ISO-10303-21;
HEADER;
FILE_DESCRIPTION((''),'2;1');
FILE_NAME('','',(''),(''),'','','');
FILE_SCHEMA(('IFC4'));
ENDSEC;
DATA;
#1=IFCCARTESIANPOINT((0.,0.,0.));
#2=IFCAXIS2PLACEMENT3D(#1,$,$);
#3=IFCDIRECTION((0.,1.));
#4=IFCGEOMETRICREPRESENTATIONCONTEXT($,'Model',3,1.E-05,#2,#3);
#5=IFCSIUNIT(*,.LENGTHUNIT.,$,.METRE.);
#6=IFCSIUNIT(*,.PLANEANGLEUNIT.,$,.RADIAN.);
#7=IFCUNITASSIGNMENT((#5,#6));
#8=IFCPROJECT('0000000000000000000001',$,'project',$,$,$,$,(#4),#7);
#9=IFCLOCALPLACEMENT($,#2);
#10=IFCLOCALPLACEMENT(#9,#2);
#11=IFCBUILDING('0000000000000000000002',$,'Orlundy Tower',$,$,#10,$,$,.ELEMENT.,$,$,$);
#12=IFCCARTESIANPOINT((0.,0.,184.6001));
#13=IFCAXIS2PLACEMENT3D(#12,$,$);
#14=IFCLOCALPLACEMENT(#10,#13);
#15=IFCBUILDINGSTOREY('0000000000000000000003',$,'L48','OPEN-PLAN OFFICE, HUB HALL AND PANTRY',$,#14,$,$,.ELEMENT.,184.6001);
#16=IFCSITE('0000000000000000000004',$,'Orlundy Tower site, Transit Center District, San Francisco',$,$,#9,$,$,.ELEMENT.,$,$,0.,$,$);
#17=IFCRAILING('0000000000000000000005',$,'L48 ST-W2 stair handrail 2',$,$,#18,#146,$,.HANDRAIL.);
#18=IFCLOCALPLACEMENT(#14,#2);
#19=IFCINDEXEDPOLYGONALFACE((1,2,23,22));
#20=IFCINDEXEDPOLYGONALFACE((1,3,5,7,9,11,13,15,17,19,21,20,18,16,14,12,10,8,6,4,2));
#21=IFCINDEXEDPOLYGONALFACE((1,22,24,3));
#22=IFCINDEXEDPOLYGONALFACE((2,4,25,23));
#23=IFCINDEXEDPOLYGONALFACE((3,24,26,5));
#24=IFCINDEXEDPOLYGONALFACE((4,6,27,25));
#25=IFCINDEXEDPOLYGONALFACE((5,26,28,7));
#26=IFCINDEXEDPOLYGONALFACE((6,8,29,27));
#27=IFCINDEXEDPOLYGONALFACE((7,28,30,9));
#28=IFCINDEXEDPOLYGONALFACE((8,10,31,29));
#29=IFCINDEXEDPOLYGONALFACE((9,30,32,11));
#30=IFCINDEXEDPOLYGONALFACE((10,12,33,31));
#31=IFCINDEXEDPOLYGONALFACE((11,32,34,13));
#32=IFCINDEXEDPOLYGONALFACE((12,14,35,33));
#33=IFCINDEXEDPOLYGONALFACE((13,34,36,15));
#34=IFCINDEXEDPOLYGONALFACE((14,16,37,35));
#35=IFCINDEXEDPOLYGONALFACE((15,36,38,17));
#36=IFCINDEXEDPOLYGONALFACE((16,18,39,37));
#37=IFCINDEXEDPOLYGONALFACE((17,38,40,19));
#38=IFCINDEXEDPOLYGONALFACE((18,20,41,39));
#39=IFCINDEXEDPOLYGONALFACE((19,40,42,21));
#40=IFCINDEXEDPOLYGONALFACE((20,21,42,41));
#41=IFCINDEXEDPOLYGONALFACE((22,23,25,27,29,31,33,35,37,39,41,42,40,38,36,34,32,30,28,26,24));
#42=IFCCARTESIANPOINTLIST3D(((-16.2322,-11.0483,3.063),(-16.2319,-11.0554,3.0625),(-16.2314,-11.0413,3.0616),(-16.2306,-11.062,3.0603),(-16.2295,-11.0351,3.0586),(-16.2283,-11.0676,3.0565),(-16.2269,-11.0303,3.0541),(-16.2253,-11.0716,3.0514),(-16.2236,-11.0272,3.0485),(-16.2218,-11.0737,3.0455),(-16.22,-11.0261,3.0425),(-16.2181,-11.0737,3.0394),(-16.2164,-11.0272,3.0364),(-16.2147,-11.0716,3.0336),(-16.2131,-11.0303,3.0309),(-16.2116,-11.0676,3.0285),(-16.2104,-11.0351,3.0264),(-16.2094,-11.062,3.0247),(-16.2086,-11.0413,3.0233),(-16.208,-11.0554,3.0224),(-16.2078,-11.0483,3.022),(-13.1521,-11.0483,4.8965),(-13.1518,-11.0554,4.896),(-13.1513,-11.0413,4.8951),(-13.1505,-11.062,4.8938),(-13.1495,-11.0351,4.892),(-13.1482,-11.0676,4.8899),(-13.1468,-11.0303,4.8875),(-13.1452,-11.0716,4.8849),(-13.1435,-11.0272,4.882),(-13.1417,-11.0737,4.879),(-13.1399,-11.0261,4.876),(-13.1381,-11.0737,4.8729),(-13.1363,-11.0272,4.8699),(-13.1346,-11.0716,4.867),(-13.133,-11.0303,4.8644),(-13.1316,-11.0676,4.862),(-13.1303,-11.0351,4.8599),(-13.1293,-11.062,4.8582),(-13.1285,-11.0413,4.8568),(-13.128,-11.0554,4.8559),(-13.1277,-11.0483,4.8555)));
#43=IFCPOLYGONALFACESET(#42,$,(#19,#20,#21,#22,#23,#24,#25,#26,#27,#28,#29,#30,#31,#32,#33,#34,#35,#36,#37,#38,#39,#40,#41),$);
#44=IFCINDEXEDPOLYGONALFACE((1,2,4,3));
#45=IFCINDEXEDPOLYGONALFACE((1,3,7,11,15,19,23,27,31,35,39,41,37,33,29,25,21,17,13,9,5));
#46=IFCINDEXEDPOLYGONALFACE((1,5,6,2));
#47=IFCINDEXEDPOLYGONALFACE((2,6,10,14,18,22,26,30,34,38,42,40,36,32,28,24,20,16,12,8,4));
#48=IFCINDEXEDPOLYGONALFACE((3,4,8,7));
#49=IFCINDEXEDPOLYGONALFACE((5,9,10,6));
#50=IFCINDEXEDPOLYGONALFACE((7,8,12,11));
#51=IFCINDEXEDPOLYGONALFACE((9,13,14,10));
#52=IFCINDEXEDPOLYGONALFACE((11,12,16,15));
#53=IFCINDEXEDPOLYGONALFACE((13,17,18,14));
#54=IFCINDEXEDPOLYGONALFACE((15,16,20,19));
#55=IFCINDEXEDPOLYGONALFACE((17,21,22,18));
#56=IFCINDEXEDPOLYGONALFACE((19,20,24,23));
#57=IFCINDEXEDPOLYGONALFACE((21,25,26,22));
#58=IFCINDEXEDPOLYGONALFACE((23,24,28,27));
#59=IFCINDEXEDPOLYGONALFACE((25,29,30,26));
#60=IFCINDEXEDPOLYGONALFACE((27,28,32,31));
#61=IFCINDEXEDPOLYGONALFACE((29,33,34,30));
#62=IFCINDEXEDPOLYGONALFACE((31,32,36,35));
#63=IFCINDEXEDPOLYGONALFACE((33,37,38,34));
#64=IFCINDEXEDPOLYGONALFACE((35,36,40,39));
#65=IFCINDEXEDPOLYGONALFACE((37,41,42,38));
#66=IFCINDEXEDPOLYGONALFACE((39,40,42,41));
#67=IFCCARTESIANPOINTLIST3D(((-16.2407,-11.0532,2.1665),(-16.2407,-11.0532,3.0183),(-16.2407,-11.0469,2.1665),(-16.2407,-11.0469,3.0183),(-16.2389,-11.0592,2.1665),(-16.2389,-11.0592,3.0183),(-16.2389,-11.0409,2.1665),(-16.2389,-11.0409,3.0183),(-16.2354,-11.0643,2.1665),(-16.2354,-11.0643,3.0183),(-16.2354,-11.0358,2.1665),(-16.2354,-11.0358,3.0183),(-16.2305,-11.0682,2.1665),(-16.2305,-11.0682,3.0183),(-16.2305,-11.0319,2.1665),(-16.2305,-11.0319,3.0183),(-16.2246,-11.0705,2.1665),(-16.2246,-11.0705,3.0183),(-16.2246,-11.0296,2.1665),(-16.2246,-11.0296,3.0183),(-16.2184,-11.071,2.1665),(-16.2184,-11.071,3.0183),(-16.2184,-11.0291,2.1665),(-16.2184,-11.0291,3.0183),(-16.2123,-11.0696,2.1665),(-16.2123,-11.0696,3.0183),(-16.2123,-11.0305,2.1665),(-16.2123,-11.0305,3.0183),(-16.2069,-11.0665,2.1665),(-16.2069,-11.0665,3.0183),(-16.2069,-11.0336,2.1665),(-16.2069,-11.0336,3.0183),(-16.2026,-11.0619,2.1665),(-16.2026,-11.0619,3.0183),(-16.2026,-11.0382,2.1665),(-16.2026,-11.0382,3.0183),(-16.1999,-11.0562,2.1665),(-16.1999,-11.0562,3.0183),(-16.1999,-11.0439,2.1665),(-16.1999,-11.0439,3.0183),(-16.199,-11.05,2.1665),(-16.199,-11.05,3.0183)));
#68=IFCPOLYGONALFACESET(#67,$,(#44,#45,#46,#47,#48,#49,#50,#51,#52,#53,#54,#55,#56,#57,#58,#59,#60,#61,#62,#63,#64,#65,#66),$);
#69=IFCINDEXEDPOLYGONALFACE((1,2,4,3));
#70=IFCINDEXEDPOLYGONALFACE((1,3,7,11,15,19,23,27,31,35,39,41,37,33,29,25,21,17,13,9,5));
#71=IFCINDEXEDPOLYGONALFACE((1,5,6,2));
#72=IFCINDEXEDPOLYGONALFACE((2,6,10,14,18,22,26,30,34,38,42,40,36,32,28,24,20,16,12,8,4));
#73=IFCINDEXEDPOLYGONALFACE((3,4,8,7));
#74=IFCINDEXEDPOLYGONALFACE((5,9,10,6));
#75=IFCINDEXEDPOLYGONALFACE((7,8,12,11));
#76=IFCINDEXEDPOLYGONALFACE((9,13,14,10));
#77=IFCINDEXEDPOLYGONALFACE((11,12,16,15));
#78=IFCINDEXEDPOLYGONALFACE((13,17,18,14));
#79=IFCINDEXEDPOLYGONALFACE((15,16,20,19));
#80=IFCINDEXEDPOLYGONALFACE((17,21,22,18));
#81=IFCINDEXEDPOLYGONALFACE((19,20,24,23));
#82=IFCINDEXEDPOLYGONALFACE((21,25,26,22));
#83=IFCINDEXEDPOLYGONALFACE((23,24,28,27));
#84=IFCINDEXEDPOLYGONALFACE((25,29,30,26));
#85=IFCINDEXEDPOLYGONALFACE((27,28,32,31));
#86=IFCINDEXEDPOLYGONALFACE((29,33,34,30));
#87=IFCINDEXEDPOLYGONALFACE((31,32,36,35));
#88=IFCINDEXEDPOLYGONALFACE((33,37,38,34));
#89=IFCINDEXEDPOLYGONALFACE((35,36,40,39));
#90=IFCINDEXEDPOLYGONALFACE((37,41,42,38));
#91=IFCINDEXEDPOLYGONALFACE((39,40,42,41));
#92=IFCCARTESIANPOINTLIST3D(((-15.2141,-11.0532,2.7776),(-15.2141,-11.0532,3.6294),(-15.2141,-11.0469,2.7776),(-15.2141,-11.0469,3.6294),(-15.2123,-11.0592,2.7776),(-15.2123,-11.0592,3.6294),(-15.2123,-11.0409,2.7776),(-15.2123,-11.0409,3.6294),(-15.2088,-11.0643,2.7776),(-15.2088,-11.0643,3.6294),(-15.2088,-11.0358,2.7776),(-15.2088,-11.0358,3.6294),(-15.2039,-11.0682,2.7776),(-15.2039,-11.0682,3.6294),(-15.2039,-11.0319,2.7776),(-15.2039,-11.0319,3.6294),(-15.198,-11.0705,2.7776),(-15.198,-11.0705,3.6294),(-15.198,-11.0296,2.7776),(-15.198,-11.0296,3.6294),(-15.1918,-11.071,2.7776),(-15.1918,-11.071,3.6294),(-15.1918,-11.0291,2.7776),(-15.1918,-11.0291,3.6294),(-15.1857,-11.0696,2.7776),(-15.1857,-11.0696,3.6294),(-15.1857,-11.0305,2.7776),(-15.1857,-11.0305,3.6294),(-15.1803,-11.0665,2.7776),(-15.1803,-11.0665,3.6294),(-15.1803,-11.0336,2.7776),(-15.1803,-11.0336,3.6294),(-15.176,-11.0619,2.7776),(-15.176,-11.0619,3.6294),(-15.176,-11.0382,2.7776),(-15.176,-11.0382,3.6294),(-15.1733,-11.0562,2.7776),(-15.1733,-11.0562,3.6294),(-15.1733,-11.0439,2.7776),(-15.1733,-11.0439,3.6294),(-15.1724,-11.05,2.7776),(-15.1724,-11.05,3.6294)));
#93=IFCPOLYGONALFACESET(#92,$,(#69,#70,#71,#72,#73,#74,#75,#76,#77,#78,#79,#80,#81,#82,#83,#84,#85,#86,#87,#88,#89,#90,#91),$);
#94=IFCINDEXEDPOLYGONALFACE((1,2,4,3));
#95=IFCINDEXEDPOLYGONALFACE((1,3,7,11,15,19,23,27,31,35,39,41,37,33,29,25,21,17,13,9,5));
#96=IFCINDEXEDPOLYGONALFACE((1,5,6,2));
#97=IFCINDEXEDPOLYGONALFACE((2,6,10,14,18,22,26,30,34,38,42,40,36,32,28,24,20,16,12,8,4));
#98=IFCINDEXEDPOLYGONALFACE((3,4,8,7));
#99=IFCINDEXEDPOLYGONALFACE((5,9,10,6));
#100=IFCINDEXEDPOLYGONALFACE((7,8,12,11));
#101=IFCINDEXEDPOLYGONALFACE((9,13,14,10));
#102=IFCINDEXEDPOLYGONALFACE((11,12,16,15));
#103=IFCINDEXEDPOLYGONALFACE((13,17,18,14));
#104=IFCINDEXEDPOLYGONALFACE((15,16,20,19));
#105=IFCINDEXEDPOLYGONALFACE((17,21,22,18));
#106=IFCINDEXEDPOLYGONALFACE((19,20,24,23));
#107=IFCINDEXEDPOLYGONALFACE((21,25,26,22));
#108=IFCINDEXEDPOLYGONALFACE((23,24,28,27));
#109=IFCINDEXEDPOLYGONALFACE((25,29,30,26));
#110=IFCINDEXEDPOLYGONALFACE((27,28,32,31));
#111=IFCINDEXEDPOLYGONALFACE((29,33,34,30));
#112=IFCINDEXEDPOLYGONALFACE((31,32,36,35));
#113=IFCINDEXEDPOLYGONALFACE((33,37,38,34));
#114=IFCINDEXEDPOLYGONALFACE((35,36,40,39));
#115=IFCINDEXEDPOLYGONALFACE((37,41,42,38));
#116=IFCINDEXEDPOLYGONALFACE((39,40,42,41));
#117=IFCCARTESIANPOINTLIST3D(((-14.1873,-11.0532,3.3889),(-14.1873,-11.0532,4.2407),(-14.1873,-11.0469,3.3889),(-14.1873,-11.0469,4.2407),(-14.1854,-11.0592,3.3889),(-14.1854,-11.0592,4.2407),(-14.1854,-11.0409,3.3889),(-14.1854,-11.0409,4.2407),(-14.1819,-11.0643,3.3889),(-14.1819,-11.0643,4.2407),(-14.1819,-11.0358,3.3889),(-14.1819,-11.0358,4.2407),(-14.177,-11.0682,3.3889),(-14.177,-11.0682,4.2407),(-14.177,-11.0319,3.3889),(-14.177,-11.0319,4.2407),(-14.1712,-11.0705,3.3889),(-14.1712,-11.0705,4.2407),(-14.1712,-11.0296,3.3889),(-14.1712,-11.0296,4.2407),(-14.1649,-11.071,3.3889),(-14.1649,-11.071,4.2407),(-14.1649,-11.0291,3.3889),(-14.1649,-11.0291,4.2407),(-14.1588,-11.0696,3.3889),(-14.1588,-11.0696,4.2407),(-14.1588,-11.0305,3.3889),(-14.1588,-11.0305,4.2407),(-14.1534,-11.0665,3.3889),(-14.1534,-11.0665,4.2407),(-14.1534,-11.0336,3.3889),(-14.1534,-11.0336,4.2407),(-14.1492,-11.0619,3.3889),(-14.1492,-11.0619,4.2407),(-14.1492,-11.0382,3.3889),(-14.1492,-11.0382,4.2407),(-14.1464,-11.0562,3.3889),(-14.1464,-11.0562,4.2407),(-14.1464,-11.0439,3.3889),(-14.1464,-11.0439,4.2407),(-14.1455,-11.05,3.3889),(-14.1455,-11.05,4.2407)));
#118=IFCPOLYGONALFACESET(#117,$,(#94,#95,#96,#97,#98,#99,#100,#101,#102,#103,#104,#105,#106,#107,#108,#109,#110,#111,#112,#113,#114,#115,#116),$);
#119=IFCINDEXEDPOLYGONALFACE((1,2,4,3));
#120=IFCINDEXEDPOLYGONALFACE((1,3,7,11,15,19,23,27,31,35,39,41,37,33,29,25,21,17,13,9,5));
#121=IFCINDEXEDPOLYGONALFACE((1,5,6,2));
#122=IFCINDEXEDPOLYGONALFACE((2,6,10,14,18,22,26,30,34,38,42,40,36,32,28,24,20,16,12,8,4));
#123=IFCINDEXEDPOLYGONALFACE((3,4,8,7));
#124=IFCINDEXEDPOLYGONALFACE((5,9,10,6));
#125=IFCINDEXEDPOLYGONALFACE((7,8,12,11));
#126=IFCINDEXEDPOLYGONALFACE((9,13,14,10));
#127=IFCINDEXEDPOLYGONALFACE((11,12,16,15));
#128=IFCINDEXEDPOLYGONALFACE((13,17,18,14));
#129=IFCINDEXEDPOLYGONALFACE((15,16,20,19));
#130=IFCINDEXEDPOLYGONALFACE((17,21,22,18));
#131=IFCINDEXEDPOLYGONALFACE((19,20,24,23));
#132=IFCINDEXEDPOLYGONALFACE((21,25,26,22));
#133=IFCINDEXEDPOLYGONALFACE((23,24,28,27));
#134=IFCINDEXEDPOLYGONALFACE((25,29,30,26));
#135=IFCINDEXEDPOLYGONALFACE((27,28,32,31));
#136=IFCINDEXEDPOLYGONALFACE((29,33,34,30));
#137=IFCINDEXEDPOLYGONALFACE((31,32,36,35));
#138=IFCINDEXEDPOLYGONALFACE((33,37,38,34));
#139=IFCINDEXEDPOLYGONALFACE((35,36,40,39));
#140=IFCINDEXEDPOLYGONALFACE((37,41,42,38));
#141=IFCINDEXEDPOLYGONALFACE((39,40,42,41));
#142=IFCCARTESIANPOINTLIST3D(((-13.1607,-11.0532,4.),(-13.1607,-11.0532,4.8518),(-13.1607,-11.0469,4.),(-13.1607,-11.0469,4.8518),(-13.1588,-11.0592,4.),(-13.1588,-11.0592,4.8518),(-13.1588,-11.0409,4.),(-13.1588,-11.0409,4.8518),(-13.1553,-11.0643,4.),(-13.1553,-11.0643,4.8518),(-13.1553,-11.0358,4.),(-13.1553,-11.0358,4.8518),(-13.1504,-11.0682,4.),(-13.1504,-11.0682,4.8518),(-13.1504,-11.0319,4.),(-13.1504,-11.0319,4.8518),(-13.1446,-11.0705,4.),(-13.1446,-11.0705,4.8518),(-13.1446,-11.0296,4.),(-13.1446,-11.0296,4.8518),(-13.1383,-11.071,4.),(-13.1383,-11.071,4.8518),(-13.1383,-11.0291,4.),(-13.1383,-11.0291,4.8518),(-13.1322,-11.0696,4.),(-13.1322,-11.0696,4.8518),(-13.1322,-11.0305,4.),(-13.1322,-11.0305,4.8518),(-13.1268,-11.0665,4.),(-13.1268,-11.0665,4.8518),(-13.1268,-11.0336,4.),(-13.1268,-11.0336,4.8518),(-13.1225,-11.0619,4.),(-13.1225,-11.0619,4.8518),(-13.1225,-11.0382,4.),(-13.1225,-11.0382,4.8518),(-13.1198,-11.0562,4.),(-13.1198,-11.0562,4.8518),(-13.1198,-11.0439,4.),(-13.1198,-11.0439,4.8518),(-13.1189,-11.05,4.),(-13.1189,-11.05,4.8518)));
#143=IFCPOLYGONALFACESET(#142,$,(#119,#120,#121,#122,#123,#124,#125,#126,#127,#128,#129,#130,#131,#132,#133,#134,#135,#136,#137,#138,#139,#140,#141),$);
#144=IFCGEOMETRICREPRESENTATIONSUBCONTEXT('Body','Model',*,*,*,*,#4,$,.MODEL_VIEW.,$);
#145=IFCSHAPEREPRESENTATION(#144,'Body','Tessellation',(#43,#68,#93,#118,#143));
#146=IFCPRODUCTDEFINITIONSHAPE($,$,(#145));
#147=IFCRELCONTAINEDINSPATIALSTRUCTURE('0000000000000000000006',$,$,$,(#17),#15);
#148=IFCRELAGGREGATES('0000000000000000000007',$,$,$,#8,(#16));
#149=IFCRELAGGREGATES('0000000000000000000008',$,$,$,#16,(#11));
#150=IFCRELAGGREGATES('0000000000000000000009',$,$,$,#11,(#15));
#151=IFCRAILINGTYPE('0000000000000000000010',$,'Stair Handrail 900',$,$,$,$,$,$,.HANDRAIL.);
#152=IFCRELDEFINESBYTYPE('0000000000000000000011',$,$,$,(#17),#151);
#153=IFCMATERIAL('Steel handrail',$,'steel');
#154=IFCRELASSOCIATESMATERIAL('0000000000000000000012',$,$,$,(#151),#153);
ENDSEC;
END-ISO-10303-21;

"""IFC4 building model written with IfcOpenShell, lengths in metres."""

from ifc_helpers import new_model, si_unit, direction, frame, origin, origin_2d, place, context, subcontext, project, spatial, circle, extrude, material, type_object, element, save


model = new_model("IFC4")

# Units and contexts
model_context = context("Model", 3, precision=1e-05, world=origin(), true_north=direction((0.0, 1.0)))
body_context = subcontext(model_context, "Body", "Model", "MODEL_VIEW")
ifc_project = project(units=[si_unit("LENGTHUNIT", "METRE"), si_unit("PLANEANGLEUNIT", "RADIAN")], contexts=[model_context])

# Site, building, storey
site_placement = place(None, origin())
site = spatial("IfcSite", under=ifc_project, at=site_placement, Name="Orlundy Tower site, Transit Center District, San Francisco", CompositionType="ELEMENT", RefElevation=0.0)
building_placement = place(site_placement, origin())
building = spatial("IfcBuilding", under=site, at=building_placement, Name="Orlundy Tower", CompositionType="ELEMENT")
storey_placement = place(building_placement, frame((0.0, 0.0, 184.6001)))
storey = spatial("IfcBuildingStorey", under=building, at=storey_placement, Name="L48", Description="OPEN-PLAN OFFICE, HUB HALL AND PANTRY", CompositionType="ELEMENT", Elevation=184.6001)

# Railing
ifc_material_1 = material(Name="Steel handrail", Category="steel")
railing_type_1 = type_object("IfcRailingType", Name="Stair Handrail 900", PredefinedType="HANDRAIL", material=ifc_material_1)
railing_1_placement = place(storey_placement, frame((-16.22, -11.05, 2.1665)))
element("IfcRailing", 1, at=railing_1_placement, inside=storey, type_object=railing_type_1, Name="L48 ST-W2 stair handrail 2", PredefinedType="HANDRAIL", context=body_context, shape_type="SweptSolid", body=[
    extrude(circle(Radius=0.0239, at=origin_2d()), frame((0.0, 0.0, 0.876), z_axis=(0.859279, 0.0, 0.511508), x_axis=(0.0, 1.0, 0.0)), (0.0, 0.0, 1.0), 3.5845),
    extrude(circle(Radius=0.021, at=origin_2d()), origin(), (0.0, 0.0, 1.0), 0.8518),
    extrude(circle(Radius=0.021, at=origin_2d()), frame((1.0266, 0.0, 0.6111)), (0.0, 0.0, 1.0), 0.8518),
    extrude(circle(Radius=0.021, at=origin_2d()), frame((2.0535, 0.0, 1.2224)), (0.0, 0.0, 1.0), 0.8518),
    extrude(circle(Radius=0.021, at=origin_2d()), frame((3.0801, 0.0, 1.8335)), (0.0, 0.0, 1.0), 0.8518),
])

save(model, "model.ifc")
